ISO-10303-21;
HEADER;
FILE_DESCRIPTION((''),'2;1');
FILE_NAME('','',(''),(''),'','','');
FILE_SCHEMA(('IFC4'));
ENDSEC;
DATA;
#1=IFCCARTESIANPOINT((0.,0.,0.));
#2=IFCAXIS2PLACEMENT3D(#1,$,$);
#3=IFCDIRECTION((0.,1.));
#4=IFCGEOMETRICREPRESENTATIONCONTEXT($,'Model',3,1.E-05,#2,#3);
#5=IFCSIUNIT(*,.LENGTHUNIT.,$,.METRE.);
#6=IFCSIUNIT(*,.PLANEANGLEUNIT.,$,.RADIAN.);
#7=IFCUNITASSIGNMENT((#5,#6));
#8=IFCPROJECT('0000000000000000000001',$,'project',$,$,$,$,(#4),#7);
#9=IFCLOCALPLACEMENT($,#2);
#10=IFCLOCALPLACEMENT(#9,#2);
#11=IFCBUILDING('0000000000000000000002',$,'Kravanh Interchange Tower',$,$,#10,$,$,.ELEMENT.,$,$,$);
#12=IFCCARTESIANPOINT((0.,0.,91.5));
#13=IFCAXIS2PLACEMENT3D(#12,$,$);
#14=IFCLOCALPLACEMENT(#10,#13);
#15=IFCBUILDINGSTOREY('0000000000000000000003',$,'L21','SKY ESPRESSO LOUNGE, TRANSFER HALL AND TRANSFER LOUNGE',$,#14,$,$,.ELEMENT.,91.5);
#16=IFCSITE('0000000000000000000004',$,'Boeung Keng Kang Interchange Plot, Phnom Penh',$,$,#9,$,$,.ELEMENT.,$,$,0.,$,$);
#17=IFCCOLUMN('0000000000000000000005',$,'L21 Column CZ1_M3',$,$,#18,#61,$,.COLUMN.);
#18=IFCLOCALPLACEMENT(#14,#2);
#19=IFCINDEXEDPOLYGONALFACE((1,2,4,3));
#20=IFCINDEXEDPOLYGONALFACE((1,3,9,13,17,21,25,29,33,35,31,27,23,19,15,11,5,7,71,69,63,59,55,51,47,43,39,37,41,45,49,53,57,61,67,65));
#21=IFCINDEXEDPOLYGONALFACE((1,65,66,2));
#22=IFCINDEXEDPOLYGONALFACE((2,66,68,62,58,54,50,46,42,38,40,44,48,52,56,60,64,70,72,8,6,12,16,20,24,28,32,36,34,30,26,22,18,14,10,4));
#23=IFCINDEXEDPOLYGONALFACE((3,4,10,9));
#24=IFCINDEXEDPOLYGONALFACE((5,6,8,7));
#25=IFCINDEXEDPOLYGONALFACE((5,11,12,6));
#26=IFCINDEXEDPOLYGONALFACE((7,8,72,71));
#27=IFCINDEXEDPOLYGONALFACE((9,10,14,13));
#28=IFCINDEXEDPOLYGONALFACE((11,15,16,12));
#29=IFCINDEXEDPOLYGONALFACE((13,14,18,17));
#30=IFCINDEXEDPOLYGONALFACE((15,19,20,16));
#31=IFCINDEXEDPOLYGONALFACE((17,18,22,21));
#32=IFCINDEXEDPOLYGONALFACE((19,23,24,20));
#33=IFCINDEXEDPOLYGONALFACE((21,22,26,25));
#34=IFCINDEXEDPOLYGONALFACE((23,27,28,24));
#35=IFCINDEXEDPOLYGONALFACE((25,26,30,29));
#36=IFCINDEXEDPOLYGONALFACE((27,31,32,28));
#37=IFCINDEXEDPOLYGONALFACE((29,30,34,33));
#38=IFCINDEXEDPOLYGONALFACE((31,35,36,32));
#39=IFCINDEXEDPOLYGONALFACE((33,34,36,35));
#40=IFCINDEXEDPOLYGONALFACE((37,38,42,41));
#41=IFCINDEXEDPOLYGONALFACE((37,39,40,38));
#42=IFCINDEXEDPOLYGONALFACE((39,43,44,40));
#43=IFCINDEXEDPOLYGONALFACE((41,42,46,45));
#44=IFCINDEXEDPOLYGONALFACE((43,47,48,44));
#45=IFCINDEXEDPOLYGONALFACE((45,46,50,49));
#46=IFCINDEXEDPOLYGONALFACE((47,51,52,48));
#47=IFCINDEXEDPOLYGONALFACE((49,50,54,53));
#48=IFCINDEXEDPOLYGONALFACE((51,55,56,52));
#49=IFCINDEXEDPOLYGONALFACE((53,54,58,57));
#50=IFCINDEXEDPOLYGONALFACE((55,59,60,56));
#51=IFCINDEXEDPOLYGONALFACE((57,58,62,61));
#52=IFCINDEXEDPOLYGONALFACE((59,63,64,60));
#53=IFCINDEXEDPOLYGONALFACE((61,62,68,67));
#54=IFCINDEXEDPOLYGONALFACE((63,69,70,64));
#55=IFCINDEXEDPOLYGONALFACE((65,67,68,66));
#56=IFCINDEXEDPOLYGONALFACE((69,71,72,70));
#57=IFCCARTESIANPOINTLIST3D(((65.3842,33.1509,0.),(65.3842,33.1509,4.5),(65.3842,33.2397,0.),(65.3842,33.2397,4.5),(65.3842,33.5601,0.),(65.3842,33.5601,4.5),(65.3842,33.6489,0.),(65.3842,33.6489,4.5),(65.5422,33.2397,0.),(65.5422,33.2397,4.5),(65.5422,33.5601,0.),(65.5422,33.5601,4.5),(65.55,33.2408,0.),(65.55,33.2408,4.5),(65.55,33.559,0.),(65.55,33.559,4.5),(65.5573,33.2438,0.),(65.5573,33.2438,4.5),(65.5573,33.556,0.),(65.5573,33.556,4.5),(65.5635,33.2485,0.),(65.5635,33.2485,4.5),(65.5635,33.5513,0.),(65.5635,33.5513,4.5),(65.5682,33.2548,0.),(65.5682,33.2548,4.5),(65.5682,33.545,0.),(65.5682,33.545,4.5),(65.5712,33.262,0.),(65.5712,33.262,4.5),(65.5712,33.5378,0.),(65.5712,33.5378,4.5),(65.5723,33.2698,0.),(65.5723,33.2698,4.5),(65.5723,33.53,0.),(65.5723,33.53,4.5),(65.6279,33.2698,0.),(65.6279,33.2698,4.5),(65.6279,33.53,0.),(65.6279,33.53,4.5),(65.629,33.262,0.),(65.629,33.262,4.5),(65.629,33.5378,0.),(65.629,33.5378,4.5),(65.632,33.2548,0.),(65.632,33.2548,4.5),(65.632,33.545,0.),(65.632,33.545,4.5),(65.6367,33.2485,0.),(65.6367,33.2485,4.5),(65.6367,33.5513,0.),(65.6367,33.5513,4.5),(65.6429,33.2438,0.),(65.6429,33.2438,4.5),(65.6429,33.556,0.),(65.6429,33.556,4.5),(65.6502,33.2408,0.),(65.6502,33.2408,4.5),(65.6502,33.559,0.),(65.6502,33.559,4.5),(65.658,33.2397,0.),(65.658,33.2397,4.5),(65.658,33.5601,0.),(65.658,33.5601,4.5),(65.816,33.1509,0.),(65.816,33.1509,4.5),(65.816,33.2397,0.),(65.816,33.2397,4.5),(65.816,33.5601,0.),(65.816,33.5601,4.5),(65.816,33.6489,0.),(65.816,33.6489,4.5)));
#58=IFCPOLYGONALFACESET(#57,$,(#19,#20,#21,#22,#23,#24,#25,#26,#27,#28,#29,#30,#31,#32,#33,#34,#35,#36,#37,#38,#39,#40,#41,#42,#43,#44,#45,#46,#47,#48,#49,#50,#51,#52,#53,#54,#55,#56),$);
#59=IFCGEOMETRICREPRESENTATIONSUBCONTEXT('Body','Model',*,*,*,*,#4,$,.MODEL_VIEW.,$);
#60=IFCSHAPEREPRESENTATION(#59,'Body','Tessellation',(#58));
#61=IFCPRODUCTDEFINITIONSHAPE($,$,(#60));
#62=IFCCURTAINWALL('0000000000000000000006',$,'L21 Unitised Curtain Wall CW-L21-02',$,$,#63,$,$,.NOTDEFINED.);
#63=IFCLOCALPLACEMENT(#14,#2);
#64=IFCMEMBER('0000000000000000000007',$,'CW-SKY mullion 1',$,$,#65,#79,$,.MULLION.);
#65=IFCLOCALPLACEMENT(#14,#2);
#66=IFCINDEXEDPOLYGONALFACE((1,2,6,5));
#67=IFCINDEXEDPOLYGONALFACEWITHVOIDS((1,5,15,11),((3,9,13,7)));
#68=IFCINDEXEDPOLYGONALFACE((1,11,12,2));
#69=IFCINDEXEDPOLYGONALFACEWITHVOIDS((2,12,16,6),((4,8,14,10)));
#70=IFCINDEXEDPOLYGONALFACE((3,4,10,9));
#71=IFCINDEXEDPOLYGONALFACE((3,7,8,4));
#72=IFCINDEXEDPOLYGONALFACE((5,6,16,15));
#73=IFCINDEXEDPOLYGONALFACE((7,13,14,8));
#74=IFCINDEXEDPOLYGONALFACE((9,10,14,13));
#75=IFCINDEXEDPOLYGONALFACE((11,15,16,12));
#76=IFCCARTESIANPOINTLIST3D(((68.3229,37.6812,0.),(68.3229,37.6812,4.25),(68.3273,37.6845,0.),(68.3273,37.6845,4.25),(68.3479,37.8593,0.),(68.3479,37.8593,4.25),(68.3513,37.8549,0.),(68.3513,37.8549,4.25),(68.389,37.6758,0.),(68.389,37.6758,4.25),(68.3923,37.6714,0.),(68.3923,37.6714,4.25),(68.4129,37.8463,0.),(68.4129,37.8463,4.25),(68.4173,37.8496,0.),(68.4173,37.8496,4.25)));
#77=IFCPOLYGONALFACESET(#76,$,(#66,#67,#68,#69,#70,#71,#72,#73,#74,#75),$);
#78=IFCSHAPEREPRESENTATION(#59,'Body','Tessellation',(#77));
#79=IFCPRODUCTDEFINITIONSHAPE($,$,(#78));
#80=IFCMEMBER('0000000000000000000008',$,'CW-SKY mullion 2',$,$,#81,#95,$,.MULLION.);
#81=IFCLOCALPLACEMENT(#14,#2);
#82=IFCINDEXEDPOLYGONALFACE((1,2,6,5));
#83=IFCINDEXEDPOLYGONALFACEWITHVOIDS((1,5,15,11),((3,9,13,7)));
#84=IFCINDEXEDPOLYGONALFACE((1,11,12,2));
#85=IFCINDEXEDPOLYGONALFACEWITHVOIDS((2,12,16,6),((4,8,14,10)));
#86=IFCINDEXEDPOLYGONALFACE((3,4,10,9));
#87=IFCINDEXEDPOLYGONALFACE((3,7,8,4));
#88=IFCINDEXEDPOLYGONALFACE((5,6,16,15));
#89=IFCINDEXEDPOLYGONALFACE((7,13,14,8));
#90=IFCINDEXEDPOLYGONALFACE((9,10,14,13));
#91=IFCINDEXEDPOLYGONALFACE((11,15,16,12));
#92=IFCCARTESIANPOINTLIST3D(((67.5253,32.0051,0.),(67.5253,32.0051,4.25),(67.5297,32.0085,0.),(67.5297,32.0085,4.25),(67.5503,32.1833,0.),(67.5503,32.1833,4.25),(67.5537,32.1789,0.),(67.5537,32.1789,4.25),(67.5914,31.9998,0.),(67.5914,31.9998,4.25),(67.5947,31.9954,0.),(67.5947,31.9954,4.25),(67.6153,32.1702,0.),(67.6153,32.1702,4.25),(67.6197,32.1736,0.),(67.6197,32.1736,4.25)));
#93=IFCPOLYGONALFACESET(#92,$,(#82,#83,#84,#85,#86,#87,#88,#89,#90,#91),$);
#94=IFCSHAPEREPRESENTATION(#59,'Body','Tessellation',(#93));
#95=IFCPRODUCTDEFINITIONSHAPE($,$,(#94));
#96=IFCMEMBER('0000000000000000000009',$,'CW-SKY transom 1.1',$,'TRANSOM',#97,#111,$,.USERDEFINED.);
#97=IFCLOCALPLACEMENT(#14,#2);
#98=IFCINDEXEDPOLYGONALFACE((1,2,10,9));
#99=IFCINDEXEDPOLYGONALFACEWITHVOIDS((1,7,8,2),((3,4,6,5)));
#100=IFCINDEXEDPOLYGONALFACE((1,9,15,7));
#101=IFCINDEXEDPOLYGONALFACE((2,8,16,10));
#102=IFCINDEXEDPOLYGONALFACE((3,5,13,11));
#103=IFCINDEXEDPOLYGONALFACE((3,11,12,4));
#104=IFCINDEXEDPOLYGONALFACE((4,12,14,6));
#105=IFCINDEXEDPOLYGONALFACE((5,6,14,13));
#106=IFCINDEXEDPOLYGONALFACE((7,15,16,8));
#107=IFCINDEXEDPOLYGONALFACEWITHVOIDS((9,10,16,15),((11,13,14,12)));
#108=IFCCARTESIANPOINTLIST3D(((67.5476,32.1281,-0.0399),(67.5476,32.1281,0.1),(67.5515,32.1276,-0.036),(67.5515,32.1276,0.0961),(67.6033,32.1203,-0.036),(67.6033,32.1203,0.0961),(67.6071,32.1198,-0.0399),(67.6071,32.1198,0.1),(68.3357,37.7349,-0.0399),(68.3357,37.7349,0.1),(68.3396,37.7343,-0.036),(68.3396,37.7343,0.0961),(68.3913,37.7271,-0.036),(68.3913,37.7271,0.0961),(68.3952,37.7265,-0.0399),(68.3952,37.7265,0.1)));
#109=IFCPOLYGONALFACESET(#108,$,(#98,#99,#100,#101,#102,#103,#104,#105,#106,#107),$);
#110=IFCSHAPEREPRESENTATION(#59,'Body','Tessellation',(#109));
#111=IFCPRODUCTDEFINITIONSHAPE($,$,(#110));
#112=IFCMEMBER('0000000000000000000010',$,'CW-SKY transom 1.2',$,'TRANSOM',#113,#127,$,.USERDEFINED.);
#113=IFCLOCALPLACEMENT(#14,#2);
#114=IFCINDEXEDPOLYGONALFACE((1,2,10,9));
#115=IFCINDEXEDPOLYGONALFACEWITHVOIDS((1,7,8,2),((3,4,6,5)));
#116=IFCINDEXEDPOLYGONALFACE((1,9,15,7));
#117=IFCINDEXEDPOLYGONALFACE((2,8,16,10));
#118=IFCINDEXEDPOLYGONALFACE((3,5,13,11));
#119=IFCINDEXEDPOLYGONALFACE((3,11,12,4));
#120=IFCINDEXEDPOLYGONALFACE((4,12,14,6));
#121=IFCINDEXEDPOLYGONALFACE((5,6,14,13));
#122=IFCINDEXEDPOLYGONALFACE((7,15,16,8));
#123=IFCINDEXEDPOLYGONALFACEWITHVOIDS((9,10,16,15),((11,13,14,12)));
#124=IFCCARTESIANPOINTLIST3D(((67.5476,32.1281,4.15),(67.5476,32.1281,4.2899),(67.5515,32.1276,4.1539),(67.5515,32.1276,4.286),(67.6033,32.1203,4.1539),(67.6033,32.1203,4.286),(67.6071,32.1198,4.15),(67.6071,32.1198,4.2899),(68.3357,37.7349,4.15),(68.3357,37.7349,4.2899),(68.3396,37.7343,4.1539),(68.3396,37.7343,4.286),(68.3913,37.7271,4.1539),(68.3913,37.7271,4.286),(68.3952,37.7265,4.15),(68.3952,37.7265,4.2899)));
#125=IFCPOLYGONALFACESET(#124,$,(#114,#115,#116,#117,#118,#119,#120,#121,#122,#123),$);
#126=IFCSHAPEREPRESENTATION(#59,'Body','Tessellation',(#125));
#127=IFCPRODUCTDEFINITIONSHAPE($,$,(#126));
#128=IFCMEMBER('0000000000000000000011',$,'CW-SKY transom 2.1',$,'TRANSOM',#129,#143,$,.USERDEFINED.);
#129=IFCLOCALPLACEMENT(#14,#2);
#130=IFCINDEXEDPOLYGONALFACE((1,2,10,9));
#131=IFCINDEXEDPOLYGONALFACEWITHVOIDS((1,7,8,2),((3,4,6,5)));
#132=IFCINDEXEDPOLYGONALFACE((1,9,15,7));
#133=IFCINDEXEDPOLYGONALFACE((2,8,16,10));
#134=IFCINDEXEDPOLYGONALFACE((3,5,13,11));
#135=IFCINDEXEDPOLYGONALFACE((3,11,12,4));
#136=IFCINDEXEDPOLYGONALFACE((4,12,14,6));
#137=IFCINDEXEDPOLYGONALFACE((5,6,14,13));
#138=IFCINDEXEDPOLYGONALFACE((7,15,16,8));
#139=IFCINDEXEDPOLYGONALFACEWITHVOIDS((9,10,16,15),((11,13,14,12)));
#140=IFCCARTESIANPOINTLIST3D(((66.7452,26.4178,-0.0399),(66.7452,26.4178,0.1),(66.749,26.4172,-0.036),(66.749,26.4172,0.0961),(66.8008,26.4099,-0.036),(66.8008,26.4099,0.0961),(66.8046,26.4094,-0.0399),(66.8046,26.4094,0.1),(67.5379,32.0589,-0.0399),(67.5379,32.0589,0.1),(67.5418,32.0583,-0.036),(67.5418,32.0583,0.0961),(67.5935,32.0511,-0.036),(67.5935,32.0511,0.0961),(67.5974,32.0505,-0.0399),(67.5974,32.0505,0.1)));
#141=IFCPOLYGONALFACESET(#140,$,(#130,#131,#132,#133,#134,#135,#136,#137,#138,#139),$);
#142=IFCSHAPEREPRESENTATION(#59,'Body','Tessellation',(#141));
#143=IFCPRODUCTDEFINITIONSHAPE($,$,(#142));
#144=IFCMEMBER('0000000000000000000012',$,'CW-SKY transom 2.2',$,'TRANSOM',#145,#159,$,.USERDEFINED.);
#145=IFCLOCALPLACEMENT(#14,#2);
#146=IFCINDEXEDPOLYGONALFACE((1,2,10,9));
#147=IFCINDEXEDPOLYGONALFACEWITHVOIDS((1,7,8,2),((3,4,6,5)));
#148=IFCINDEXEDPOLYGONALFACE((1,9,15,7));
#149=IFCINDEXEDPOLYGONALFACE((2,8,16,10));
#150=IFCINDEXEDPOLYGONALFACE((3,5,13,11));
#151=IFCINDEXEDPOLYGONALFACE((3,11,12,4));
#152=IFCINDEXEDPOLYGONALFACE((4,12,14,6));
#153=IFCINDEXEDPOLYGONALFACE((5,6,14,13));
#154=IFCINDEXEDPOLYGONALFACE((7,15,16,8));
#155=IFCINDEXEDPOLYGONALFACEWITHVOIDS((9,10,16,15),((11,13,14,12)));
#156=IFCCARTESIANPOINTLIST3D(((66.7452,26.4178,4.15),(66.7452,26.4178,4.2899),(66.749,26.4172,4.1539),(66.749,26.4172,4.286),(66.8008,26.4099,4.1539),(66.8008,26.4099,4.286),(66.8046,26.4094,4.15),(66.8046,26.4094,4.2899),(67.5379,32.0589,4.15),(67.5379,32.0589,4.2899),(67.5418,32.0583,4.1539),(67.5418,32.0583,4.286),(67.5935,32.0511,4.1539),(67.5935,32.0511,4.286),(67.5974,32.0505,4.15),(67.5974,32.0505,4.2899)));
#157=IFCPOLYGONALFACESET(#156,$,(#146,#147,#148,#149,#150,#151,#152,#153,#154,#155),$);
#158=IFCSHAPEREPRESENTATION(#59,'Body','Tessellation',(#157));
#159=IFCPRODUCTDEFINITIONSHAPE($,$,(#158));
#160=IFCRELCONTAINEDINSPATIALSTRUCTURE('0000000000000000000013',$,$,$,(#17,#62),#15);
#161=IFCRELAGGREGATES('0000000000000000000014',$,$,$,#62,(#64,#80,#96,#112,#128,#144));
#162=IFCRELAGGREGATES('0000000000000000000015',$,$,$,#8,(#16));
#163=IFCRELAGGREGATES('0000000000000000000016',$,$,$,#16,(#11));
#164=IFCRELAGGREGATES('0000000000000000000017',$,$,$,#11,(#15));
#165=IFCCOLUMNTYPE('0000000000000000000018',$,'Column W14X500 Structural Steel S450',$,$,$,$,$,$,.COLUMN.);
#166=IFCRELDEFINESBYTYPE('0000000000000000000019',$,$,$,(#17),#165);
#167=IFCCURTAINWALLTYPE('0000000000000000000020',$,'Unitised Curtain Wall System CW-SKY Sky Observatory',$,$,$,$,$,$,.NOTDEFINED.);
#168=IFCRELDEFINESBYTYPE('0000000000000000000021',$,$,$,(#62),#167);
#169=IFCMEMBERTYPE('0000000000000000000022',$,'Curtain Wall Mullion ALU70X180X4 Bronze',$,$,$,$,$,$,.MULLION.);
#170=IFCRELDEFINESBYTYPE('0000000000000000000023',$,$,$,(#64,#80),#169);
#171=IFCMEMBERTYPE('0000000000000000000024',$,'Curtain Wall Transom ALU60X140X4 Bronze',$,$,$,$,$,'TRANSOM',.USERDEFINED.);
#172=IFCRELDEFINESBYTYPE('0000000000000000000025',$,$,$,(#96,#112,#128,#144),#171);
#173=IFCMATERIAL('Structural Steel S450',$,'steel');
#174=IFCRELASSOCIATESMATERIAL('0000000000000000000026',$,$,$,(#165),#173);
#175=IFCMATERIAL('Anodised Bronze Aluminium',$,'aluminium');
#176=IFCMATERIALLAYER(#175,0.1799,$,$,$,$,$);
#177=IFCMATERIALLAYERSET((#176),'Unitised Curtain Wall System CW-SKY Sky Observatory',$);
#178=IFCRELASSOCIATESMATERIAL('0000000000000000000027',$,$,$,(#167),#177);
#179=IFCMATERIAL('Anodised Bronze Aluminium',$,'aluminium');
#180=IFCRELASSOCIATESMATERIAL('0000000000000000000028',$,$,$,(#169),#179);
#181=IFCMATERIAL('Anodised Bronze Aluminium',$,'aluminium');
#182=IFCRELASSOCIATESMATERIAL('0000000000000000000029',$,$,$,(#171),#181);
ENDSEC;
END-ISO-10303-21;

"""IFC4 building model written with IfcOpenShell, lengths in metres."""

from ifc_helpers import new_model, si_unit, direction, frame, origin, origin_2d, place, context, subcontext, project, spatial, hollow_rectangle, i_section, extrude, material, layer, layer_set, material_profile, profile_set, type_object, element, aggregate, save


model = new_model("IFC4")

# Units and contexts
model_context = context("Model", 3, precision=1e-05, world=origin(), true_north=direction((0.0, 1.0)))
body_context = subcontext(model_context, "Body", "Model", "MODEL_VIEW")
ifc_project = project(units=[si_unit("LENGTHUNIT", "METRE"), si_unit("PLANEANGLEUNIT", "RADIAN")], contexts=[model_context])

# Site, building, storey
site_placement = place(None, origin())
site = spatial("IfcSite", under=ifc_project, at=site_placement, Name="Boeung Keng Kang Interchange Plot, Phnom Penh", CompositionType="ELEMENT", RefElevation=0.0)
building_placement = place(site_placement, origin())
building = spatial("IfcBuilding", under=site, at=building_placement, Name="Kravanh Interchange Tower", CompositionType="ELEMENT")
storey_placement = place(building_placement, frame((0.0, 0.0, 91.5)))
storey = spatial("IfcBuildingStorey", under=building, at=storey_placement, Name="L21", Description="SKY ESPRESSO LOUNGE, TRANSFER HALL AND TRANSFER LOUNGE", CompositionType="ELEMENT", Elevation=91.5)

# Column
ifc_material_1 = material(Name="Structural Steel S450", Category="steel")
ifc_material_profile_1 = material_profile(ifc_material_1, i_section(OverallWidth=0.4319, OverallDepth=0.498, WebThickness=0.0557, FlangeThickness=0.0889, FilletRadius=0.03, at=origin_2d()), Name="W14X500")
ifc_profile_set_1 = profile_set([ifc_material_profile_1], Name="Structural Steel S450")
column_type_1 = type_object("IfcColumnType", Name="Column W14X500 Structural Steel S450", PredefinedType="COLUMN", material=ifc_profile_set_1)
for number, where, z_axis, x_axis, name in (
    (1, (65.6001, 33.3999, 0.0), (0.0, 0.0, 1.0), (1.0, 0.0, 0.0), "L21 Column CZ1_M3"),
):
    element("IfcColumn", number, at=place(storey_placement, frame(where, z_axis=z_axis, x_axis=x_axis)), inside=storey, type_object=column_type_1, Name=name, PredefinedType="COLUMN", context=body_context, shape_type="SweptSolid", body=[
        extrude(i_section(OverallWidth=0.4319, OverallDepth=0.498, WebThickness=0.0557, FlangeThickness=0.0889, FilletRadius=0.03, at=origin_2d()), origin(), (0.0, 0.0, 1.0), 4.5),
    ])

# Curtain wall, members
ifc_material_2 = material(Name="Anodised Bronze Aluminium", Category="aluminium")
ifc_layer_1 = layer(ifc_material_2, 0.1799)
ifc_layer_set_1 = layer_set([ifc_layer_1], Name="Unitised Curtain Wall System CW-SKY Sky Observatory")
curtain_wall_type = type_object("IfcCurtainWallType", Name="Unitised Curtain Wall System CW-SKY Sky Observatory", PredefinedType="NOTDEFINED", material=ifc_layer_set_1)
curtain_wall_placement = place(storey_placement, origin())
curtain_wall = element("IfcCurtainWall", 2, at=curtain_wall_placement, inside=storey, type_object=curtain_wall_type, Name="L21 Unitised Curtain Wall CW-L21-02", PredefinedType="NOTDEFINED")
ifc_material_3 = material(Name="Anodised Bronze Aluminium", Category="aluminium")
ifc_material_profile_2 = material_profile(ifc_material_3, hollow_rectangle(XDim=0.0701, YDim=0.1799, WallThickness=0.0039, at=origin_2d()), Name="ALU70X180X4")
ifc_profile_set_2 = profile_set([ifc_material_profile_2], Name="Anodised Bronze Aluminium")
member_type_1 = type_object("IfcMemberType", Name="Curtain Wall Mullion ALU70X180X4 Bronze", PredefinedType="MULLION", material=ifc_profile_set_2)
member_1_placement = place(storey_placement, frame((68.3701, 37.7654, 0.0), z_axis=(0.0, 0.0, 1.0), x_axis=(0.990268, -0.139177, 0.0)))
member_1 = element("IfcMember", 3, at=member_1_placement, type_object=member_type_1, Name="CW-SKY mullion 1", PredefinedType="MULLION", context=body_context, shape_type="SweptSolid", body=[
    extrude(hollow_rectangle(XDim=0.0701, YDim=0.1799, WallThickness=0.0039, at=origin_2d()), origin(), (0.0, 0.0, 1.0), 4.25),
])
member_2_placement = place(storey_placement, frame((67.5725, 32.0894, 0.0), z_axis=(0.0, 0.0, 1.0), x_axis=(0.990268, -0.139177, 0.0)))
member_2 = element("IfcMember", 4, at=member_2_placement, type_object=member_type_1, Name="CW-SKY mullion 2", PredefinedType="MULLION", context=body_context, shape_type="SweptSolid", body=[
    extrude(hollow_rectangle(XDim=0.0701, YDim=0.1799, WallThickness=0.0039, at=origin_2d()), origin(), (0.0, 0.0, 1.0), 4.25),
])
ifc_material_4 = material(Name="Anodised Bronze Aluminium", Category="aluminium")
ifc_material_profile_3 = material_profile(ifc_material_4, hollow_rectangle(XDim=0.0601, YDim=0.1399, WallThickness=0.0039, at=origin_2d()), Name="ALU60X140X4")
ifc_profile_set_3 = profile_set([ifc_material_profile_3], Name="Anodised Bronze Aluminium")
member_type_2 = type_object("IfcMemberType", Name="Curtain Wall Transom ALU60X140X4 Bronze", ElementType="TRANSOM", PredefinedType="USERDEFINED", material=ifc_profile_set_3)
member_3_placement = place(storey_placement, frame((68.3655, 37.7307, 0.03), z_axis=(-0.139193, -0.990265, 0.0), x_axis=(0.990265, -0.139193, 0.0)))
member_3 = element("IfcMember", 5, at=member_3_placement, type_object=member_type_2, Name="CW-SKY transom 1.1", ObjectType="TRANSOM", PredefinedType="USERDEFINED", context=body_context, shape_type="SweptSolid", body=[
    extrude(hollow_rectangle(XDim=0.0601, YDim=0.1399, WallThickness=0.0039, at=origin_2d()), origin(), (0.0, 0.0, 1.0), 5.6619),
])
member_4_placement = place(storey_placement, frame((68.3655, 37.7307, 4.22), z_axis=(-0.139193, -0.990265, 0.0), x_axis=(0.990265, -0.139193, 0.0)))
member_4 = element("IfcMember", 6, at=member_4_placement, type_object=member_type_2, Name="CW-SKY transom 1.2", ObjectType="TRANSOM", PredefinedType="USERDEFINED", context=body_context, shape_type="SweptSolid", body=[
    extrude(hollow_rectangle(XDim=0.0601, YDim=0.1399, WallThickness=0.0039, at=origin_2d()), origin(), (0.0, 0.0, 1.0), 5.6619),
])
member_5_placement = place(storey_placement, frame((67.5676, 32.0547, 0.03), z_axis=(-0.139159, -0.99027, 0.0), x_axis=(0.99027, -0.139159, 0.0)))
member_5 = element("IfcMember", 7, at=member_5_placement, type_object=member_type_2, Name="CW-SKY transom 2.1", ObjectType="TRANSOM", PredefinedType="USERDEFINED", context=body_context, shape_type="SweptSolid", body=[
    extrude(hollow_rectangle(XDim=0.0601, YDim=0.1399, WallThickness=0.0039, at=origin_2d()), origin(), (0.0, 0.0, 1.0), 5.6965),
])
member_6_placement = place(storey_placement, frame((67.5676, 32.0547, 4.22), z_axis=(-0.139159, -0.99027, 0.0), x_axis=(0.99027, -0.139159, 0.0)))
member_6 = element("IfcMember", 8, at=member_6_placement, type_object=member_type_2, Name="CW-SKY transom 2.2", ObjectType="TRANSOM", PredefinedType="USERDEFINED", context=body_context, shape_type="SweptSolid", body=[
    extrude(hollow_rectangle(XDim=0.0601, YDim=0.1399, WallThickness=0.0039, at=origin_2d()), origin(), (0.0, 0.0, 1.0), 5.6965),
])

aggregate(curtain_wall, [member_1, member_2, member_3, member_4, member_5, member_6])

save(model, "model.ifc")
